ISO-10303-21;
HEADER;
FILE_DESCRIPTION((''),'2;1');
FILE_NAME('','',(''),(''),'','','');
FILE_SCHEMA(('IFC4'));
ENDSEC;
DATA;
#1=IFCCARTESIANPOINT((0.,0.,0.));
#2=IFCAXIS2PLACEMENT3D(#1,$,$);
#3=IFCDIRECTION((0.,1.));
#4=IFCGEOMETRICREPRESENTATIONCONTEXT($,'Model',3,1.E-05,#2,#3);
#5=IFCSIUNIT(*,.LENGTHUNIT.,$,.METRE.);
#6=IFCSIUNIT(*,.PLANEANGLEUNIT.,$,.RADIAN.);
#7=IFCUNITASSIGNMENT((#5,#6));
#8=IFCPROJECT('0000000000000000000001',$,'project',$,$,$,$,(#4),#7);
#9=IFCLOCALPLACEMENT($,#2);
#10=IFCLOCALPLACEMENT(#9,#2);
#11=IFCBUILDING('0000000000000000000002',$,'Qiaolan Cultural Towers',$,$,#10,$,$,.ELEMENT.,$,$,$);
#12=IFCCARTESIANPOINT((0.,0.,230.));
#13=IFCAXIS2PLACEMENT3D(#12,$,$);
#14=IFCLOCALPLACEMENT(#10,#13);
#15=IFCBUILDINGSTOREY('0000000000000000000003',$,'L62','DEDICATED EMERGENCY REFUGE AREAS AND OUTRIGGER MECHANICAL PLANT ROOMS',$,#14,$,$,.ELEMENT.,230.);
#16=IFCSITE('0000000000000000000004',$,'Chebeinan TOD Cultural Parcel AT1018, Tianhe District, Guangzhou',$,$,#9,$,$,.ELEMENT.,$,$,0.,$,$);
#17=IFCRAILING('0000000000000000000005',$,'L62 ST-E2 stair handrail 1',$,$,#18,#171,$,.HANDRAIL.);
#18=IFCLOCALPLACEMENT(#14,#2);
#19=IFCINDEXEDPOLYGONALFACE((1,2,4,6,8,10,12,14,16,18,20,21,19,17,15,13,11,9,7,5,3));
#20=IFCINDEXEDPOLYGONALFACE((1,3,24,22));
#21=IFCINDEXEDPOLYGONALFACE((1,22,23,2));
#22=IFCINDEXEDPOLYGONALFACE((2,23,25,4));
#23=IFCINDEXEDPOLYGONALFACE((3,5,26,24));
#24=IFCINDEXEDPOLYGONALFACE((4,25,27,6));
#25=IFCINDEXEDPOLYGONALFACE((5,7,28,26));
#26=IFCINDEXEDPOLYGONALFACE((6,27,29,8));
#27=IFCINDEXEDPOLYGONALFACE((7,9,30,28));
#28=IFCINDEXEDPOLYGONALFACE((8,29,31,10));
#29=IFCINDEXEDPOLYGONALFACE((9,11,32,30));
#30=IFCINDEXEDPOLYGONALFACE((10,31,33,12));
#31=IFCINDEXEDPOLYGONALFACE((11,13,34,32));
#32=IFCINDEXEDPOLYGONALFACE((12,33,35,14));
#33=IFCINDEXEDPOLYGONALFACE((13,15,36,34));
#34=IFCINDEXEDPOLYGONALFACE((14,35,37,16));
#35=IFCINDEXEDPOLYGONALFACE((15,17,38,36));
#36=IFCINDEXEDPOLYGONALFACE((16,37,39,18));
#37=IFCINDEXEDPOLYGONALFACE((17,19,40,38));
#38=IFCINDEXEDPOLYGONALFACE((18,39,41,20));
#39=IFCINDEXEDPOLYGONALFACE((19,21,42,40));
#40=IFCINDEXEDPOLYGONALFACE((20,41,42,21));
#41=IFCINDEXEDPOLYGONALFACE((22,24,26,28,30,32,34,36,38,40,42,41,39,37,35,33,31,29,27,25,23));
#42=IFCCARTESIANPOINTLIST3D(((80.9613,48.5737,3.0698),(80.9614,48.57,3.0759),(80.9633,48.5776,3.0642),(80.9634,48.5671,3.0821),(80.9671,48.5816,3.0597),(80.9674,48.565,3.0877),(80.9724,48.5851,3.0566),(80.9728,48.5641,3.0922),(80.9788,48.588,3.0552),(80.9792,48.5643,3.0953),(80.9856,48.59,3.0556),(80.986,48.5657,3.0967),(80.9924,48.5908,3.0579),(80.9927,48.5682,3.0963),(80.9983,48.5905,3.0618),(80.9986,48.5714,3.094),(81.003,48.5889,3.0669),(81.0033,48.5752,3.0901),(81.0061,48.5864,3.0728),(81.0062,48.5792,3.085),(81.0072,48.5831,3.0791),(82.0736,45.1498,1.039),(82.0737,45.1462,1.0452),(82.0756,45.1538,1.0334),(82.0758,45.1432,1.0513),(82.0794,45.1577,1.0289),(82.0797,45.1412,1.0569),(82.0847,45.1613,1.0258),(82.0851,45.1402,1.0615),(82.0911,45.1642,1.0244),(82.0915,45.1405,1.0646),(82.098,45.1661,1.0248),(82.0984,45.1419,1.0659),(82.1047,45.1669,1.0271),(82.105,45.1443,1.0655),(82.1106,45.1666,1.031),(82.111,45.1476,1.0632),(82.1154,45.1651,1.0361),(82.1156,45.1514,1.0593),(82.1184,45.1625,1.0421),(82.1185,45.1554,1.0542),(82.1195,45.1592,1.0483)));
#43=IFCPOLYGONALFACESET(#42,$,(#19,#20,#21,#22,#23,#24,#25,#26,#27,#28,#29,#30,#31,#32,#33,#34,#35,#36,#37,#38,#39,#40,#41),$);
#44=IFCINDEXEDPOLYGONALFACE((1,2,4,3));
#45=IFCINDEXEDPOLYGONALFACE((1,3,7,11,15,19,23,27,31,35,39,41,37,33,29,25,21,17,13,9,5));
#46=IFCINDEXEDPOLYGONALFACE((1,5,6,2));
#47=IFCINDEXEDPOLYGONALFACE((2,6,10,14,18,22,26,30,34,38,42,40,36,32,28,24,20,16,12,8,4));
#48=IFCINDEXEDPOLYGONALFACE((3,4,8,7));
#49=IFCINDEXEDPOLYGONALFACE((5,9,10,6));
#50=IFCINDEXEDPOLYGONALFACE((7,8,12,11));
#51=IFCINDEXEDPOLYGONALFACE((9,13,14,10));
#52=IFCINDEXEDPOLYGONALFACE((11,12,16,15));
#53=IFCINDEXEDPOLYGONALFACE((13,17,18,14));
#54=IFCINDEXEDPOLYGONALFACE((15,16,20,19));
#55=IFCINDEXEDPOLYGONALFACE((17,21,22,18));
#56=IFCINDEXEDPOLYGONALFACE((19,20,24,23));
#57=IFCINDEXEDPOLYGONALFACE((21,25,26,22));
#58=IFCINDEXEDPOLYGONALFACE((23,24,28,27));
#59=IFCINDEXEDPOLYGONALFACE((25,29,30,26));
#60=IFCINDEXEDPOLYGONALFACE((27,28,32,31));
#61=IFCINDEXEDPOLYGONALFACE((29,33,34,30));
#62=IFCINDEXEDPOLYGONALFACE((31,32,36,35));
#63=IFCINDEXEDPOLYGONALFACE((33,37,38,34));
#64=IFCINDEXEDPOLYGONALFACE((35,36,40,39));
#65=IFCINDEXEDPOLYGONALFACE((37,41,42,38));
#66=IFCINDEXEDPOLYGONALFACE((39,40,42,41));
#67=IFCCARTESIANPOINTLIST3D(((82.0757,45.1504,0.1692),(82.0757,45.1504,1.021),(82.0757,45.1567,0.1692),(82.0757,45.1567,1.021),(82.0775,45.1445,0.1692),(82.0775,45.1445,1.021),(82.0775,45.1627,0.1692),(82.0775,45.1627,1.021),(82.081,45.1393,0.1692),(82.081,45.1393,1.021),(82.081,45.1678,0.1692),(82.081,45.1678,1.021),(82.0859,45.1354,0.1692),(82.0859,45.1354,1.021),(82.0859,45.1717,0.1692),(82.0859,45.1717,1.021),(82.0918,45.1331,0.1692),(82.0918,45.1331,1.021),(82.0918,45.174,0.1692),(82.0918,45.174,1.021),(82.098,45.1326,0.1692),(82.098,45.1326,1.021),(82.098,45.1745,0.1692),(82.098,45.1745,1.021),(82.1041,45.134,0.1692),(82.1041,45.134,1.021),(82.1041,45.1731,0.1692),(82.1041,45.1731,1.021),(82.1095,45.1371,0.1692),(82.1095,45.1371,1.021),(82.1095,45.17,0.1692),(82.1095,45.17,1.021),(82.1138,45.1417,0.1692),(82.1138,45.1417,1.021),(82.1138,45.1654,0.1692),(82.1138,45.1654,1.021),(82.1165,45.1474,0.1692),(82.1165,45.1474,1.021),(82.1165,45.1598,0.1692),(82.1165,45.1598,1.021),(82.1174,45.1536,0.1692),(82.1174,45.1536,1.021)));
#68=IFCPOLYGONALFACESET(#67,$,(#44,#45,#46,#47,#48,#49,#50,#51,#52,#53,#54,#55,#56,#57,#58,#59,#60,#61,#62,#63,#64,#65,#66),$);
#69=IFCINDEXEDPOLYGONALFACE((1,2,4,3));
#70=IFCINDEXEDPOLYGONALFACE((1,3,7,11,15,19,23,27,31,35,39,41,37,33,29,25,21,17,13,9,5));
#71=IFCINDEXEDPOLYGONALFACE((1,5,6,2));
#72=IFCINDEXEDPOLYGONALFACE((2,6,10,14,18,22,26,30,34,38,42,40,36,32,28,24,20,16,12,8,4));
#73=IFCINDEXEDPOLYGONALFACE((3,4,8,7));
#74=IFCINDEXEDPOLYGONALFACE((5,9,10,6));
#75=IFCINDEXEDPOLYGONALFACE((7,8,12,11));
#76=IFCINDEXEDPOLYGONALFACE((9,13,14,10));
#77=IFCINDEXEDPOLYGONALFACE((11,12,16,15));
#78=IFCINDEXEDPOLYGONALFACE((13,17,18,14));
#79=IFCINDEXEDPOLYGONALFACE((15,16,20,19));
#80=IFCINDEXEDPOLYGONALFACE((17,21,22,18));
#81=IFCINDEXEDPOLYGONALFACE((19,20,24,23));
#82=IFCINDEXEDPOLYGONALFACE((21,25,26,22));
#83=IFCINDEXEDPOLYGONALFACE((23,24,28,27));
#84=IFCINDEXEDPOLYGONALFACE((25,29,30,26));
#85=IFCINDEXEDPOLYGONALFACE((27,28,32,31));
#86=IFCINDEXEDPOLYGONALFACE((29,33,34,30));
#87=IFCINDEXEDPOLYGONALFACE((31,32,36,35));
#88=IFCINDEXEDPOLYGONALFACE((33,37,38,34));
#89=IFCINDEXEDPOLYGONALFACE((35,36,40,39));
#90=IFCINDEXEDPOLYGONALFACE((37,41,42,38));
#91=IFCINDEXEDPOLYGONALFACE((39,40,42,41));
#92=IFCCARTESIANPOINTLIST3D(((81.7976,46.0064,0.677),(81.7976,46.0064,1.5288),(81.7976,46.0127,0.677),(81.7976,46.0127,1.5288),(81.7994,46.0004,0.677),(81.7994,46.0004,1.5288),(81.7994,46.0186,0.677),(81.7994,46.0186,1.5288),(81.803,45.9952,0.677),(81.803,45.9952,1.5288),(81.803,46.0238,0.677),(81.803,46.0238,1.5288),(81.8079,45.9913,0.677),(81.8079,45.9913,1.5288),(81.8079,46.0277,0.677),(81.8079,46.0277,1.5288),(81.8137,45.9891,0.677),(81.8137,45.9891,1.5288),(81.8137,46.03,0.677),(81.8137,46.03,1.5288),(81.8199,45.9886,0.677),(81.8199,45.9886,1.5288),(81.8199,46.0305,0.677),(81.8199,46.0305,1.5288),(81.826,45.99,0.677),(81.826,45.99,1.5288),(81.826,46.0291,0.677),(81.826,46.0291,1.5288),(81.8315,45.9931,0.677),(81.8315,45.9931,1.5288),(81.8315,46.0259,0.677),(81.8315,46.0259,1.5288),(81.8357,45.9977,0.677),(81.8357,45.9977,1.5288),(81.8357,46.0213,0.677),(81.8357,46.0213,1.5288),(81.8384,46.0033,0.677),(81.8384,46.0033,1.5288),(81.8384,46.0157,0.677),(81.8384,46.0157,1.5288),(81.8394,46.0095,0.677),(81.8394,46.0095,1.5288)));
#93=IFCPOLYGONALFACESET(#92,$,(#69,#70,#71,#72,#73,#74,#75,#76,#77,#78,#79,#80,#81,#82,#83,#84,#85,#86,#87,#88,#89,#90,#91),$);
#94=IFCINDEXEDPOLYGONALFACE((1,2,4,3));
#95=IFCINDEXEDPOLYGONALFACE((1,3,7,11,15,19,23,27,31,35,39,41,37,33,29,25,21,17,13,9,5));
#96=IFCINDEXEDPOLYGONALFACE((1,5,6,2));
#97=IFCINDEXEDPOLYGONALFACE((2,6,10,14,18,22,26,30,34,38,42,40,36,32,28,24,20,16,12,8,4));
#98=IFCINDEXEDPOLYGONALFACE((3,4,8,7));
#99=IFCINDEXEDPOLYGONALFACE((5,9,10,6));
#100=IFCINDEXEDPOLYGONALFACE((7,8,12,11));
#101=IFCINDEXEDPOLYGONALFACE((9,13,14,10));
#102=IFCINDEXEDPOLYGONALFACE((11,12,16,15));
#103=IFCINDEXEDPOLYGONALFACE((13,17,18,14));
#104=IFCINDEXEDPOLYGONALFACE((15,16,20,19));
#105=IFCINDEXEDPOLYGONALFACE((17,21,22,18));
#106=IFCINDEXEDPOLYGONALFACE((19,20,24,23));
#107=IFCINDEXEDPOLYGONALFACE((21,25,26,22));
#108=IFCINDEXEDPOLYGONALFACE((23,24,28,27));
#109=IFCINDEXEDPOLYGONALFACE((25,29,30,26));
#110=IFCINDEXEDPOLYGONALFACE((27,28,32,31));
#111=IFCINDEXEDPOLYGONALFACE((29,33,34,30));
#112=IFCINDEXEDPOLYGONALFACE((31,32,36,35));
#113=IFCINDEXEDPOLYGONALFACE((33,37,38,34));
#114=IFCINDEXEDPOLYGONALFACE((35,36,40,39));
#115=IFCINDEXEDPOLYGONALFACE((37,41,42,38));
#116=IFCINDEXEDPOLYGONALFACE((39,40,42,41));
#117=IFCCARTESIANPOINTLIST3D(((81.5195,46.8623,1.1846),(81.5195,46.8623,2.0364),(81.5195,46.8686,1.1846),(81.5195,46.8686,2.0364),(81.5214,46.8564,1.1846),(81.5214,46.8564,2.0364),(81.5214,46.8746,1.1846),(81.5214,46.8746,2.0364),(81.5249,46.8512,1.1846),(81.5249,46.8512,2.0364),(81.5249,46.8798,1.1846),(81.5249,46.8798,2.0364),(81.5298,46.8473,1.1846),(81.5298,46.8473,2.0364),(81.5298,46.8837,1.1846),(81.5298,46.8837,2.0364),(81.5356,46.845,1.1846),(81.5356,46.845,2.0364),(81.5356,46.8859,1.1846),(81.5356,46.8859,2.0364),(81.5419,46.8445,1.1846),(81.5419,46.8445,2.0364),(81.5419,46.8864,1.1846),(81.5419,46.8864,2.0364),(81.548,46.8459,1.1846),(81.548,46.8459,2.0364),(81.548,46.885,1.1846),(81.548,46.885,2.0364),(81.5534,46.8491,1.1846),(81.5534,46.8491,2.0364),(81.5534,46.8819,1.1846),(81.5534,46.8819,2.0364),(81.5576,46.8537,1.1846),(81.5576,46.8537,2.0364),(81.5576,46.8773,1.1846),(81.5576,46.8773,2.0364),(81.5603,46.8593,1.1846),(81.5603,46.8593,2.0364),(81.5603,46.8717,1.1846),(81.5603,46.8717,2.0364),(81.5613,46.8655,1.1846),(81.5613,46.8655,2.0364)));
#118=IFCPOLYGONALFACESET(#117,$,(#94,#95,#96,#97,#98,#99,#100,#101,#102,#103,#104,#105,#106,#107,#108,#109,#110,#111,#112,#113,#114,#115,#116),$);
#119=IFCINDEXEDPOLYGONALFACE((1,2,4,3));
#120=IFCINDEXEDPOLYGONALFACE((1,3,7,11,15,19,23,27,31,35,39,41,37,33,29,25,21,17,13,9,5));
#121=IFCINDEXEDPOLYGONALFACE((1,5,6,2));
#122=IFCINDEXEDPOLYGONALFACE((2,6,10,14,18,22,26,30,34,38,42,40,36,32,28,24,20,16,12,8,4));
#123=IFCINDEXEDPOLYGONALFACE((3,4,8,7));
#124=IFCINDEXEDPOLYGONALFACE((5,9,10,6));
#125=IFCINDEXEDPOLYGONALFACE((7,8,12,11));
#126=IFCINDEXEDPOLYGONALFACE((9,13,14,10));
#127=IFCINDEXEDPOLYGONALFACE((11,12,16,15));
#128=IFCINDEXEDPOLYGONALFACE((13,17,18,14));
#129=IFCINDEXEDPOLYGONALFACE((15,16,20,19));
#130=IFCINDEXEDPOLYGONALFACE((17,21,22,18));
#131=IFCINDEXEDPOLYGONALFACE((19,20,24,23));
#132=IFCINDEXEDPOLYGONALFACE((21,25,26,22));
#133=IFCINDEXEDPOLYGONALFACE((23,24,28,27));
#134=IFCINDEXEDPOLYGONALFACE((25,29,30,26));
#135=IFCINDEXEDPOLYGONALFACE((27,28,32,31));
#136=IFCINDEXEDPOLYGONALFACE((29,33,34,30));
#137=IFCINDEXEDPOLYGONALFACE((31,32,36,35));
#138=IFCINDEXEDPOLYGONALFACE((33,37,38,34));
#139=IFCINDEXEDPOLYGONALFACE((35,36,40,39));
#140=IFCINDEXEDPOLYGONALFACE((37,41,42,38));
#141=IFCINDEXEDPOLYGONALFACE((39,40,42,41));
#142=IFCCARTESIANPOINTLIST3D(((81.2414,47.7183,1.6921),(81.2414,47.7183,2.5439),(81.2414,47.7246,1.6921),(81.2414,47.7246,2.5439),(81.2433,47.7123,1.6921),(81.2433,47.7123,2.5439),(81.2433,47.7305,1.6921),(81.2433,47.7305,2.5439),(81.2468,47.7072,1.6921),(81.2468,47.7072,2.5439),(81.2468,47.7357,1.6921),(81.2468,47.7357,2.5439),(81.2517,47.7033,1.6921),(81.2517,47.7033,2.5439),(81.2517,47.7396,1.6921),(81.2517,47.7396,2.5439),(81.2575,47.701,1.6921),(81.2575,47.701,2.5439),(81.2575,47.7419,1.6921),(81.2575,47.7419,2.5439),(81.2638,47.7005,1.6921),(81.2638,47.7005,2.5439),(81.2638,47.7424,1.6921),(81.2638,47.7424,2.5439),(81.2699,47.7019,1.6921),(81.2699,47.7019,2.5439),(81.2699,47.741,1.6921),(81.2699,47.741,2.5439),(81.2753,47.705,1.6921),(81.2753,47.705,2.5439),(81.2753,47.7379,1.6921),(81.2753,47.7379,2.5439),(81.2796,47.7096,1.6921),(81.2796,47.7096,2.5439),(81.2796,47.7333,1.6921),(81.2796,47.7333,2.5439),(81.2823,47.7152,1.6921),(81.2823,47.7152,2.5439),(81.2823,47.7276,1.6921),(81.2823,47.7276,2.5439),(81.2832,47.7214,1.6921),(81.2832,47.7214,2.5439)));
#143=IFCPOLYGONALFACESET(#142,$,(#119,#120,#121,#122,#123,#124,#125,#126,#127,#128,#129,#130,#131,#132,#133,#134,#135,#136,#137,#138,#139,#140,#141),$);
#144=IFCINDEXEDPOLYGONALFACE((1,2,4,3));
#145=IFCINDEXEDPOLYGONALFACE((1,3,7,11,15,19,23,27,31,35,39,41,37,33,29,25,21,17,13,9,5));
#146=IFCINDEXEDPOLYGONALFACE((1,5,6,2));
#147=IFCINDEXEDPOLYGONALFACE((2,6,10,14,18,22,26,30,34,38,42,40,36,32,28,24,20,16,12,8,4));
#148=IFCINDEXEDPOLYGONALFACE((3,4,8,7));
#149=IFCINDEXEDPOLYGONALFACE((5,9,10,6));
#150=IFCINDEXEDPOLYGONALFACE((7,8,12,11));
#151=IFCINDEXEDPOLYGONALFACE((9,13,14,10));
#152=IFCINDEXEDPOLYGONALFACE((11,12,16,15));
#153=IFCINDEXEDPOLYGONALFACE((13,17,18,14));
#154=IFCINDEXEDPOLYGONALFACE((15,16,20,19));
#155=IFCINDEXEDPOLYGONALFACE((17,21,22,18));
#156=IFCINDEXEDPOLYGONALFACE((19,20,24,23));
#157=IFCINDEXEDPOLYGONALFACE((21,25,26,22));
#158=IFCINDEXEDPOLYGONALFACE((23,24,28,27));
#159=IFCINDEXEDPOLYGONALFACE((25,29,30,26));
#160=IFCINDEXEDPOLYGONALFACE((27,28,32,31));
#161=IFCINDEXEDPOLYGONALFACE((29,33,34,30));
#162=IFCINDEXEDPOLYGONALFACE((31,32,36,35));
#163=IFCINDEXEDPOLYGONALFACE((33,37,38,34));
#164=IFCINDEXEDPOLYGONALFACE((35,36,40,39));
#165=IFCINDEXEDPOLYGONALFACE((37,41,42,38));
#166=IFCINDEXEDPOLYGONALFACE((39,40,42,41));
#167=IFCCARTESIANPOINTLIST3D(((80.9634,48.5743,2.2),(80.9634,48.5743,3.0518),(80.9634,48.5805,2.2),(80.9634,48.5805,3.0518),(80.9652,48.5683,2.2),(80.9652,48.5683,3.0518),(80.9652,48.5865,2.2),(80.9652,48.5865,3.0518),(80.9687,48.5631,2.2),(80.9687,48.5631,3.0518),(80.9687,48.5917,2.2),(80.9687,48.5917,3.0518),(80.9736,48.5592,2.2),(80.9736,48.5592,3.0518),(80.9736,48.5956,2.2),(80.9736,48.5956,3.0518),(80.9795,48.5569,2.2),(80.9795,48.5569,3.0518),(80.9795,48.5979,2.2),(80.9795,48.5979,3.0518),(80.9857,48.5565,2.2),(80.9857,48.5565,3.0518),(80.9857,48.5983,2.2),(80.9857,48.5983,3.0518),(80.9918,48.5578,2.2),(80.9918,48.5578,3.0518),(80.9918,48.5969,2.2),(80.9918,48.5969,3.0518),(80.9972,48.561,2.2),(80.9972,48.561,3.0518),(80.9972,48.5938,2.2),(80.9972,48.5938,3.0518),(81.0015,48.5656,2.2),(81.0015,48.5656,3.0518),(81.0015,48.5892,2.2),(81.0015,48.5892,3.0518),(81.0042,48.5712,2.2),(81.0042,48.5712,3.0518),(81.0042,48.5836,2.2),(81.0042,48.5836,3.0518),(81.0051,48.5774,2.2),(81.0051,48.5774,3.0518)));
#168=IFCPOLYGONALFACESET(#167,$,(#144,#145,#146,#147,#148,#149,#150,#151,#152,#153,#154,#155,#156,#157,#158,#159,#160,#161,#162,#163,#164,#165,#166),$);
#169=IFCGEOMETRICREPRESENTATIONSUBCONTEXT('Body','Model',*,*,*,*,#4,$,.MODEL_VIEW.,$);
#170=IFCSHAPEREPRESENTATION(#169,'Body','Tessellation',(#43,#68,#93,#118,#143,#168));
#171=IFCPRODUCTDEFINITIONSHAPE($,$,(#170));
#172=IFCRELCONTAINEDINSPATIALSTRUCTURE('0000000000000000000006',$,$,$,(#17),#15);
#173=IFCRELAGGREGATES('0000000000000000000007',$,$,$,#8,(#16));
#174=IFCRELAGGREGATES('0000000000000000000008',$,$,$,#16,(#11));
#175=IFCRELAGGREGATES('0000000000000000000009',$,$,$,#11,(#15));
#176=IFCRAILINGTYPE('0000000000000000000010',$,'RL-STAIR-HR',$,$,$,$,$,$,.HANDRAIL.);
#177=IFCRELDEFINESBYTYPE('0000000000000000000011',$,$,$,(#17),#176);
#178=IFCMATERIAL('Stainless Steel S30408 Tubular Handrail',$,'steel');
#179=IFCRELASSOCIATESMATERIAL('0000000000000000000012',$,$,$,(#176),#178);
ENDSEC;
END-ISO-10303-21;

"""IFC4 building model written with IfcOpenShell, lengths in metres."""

from ifc_helpers import new_model, si_unit, direction, frame, origin, origin_2d, place, context, subcontext, project, spatial, circle, extrude, material, type_object, element, save


model = new_model("IFC4")

# Units and contexts
model_context = context("Model", 3, precision=1e-05, world=origin(), true_north=direction((0.0, 1.0)))
body_context = subcontext(model_context, "Body", "Model", "MODEL_VIEW")
ifc_project = project(units=[si_unit("LENGTHUNIT", "METRE"), si_unit("PLANEANGLEUNIT", "RADIAN")], contexts=[model_context])

# Site, building, storey
site_placement = place(None, origin())
site = spatial("IfcSite", under=ifc_project, at=site_placement, Name="Chebeinan TOD Cultural Parcel AT1018, Tianhe District, Guangzhou", CompositionType="ELEMENT", RefElevation=0.0)
building_placement = place(site_placement, origin())
building = spatial("IfcBuilding", under=site, at=building_placement, Name="Qiaolan Cultural Towers", CompositionType="ELEMENT")
storey_placement = place(building_placement, frame((0.0, 0.0, 230.0)))
storey = spatial("IfcBuildingStorey", under=building, at=storey_placement, Name="L62", Description="DEDICATED EMERGENCY REFUGE AREAS AND OUTRIGGER MECHANICAL PLANT ROOMS", CompositionType="ELEMENT", Elevation=230.0)

# Railing
ifc_material_1 = material(Name="Stainless Steel S30408 Tubular Handrail", Category="steel")
railing_type_1 = type_object("IfcRailingType", Name="RL-STAIR-HR", PredefinedType="HANDRAIL", material=ifc_material_1)
railing_1_placement = place(storey_placement, frame((82.0964, 45.1536, 0.1692)))
element("IfcRailing", 1, at=railing_1_placement, inside=storey, type_object=railing_type_1, Name="L62 ST-E2 stair handrail 1", PredefinedType="HANDRAIL", context=body_context, shape_type="SweptSolid", body=[
    extrude(circle(Radius=0.0239, at=origin_2d()), frame((0.0, 0.0, 0.876), z_axis=(-0.269111, 0.828361, 0.491322), x_axis=(-0.95107, -0.308976, 0.0)), (0.0, 0.0, 1.0), 4.1333),
    extrude(circle(Radius=0.021, at=origin_2d()), origin(), (0.0, 0.0, 1.0), 0.8518),
    extrude(circle(Radius=0.021, at=origin_2d()), frame((-0.2781, 0.856, 0.5078)), (0.0, 0.0, 1.0), 0.8518),
    extrude(circle(Radius=0.021, at=origin_2d()), frame((-0.5562, 1.7119, 1.0154)), (0.0, 0.0, 1.0), 0.8518),
    extrude(circle(Radius=0.021, at=origin_2d()), frame((-0.8342, 2.5679, 1.5229)), (0.0, 0.0, 1.0), 0.8518),
    extrude(circle(Radius=0.021, at=origin_2d()), frame((-1.1123, 3.4238, 2.0308)), (0.0, 0.0, 1.0), 0.8518),
])

save(model, "model.ifc")
